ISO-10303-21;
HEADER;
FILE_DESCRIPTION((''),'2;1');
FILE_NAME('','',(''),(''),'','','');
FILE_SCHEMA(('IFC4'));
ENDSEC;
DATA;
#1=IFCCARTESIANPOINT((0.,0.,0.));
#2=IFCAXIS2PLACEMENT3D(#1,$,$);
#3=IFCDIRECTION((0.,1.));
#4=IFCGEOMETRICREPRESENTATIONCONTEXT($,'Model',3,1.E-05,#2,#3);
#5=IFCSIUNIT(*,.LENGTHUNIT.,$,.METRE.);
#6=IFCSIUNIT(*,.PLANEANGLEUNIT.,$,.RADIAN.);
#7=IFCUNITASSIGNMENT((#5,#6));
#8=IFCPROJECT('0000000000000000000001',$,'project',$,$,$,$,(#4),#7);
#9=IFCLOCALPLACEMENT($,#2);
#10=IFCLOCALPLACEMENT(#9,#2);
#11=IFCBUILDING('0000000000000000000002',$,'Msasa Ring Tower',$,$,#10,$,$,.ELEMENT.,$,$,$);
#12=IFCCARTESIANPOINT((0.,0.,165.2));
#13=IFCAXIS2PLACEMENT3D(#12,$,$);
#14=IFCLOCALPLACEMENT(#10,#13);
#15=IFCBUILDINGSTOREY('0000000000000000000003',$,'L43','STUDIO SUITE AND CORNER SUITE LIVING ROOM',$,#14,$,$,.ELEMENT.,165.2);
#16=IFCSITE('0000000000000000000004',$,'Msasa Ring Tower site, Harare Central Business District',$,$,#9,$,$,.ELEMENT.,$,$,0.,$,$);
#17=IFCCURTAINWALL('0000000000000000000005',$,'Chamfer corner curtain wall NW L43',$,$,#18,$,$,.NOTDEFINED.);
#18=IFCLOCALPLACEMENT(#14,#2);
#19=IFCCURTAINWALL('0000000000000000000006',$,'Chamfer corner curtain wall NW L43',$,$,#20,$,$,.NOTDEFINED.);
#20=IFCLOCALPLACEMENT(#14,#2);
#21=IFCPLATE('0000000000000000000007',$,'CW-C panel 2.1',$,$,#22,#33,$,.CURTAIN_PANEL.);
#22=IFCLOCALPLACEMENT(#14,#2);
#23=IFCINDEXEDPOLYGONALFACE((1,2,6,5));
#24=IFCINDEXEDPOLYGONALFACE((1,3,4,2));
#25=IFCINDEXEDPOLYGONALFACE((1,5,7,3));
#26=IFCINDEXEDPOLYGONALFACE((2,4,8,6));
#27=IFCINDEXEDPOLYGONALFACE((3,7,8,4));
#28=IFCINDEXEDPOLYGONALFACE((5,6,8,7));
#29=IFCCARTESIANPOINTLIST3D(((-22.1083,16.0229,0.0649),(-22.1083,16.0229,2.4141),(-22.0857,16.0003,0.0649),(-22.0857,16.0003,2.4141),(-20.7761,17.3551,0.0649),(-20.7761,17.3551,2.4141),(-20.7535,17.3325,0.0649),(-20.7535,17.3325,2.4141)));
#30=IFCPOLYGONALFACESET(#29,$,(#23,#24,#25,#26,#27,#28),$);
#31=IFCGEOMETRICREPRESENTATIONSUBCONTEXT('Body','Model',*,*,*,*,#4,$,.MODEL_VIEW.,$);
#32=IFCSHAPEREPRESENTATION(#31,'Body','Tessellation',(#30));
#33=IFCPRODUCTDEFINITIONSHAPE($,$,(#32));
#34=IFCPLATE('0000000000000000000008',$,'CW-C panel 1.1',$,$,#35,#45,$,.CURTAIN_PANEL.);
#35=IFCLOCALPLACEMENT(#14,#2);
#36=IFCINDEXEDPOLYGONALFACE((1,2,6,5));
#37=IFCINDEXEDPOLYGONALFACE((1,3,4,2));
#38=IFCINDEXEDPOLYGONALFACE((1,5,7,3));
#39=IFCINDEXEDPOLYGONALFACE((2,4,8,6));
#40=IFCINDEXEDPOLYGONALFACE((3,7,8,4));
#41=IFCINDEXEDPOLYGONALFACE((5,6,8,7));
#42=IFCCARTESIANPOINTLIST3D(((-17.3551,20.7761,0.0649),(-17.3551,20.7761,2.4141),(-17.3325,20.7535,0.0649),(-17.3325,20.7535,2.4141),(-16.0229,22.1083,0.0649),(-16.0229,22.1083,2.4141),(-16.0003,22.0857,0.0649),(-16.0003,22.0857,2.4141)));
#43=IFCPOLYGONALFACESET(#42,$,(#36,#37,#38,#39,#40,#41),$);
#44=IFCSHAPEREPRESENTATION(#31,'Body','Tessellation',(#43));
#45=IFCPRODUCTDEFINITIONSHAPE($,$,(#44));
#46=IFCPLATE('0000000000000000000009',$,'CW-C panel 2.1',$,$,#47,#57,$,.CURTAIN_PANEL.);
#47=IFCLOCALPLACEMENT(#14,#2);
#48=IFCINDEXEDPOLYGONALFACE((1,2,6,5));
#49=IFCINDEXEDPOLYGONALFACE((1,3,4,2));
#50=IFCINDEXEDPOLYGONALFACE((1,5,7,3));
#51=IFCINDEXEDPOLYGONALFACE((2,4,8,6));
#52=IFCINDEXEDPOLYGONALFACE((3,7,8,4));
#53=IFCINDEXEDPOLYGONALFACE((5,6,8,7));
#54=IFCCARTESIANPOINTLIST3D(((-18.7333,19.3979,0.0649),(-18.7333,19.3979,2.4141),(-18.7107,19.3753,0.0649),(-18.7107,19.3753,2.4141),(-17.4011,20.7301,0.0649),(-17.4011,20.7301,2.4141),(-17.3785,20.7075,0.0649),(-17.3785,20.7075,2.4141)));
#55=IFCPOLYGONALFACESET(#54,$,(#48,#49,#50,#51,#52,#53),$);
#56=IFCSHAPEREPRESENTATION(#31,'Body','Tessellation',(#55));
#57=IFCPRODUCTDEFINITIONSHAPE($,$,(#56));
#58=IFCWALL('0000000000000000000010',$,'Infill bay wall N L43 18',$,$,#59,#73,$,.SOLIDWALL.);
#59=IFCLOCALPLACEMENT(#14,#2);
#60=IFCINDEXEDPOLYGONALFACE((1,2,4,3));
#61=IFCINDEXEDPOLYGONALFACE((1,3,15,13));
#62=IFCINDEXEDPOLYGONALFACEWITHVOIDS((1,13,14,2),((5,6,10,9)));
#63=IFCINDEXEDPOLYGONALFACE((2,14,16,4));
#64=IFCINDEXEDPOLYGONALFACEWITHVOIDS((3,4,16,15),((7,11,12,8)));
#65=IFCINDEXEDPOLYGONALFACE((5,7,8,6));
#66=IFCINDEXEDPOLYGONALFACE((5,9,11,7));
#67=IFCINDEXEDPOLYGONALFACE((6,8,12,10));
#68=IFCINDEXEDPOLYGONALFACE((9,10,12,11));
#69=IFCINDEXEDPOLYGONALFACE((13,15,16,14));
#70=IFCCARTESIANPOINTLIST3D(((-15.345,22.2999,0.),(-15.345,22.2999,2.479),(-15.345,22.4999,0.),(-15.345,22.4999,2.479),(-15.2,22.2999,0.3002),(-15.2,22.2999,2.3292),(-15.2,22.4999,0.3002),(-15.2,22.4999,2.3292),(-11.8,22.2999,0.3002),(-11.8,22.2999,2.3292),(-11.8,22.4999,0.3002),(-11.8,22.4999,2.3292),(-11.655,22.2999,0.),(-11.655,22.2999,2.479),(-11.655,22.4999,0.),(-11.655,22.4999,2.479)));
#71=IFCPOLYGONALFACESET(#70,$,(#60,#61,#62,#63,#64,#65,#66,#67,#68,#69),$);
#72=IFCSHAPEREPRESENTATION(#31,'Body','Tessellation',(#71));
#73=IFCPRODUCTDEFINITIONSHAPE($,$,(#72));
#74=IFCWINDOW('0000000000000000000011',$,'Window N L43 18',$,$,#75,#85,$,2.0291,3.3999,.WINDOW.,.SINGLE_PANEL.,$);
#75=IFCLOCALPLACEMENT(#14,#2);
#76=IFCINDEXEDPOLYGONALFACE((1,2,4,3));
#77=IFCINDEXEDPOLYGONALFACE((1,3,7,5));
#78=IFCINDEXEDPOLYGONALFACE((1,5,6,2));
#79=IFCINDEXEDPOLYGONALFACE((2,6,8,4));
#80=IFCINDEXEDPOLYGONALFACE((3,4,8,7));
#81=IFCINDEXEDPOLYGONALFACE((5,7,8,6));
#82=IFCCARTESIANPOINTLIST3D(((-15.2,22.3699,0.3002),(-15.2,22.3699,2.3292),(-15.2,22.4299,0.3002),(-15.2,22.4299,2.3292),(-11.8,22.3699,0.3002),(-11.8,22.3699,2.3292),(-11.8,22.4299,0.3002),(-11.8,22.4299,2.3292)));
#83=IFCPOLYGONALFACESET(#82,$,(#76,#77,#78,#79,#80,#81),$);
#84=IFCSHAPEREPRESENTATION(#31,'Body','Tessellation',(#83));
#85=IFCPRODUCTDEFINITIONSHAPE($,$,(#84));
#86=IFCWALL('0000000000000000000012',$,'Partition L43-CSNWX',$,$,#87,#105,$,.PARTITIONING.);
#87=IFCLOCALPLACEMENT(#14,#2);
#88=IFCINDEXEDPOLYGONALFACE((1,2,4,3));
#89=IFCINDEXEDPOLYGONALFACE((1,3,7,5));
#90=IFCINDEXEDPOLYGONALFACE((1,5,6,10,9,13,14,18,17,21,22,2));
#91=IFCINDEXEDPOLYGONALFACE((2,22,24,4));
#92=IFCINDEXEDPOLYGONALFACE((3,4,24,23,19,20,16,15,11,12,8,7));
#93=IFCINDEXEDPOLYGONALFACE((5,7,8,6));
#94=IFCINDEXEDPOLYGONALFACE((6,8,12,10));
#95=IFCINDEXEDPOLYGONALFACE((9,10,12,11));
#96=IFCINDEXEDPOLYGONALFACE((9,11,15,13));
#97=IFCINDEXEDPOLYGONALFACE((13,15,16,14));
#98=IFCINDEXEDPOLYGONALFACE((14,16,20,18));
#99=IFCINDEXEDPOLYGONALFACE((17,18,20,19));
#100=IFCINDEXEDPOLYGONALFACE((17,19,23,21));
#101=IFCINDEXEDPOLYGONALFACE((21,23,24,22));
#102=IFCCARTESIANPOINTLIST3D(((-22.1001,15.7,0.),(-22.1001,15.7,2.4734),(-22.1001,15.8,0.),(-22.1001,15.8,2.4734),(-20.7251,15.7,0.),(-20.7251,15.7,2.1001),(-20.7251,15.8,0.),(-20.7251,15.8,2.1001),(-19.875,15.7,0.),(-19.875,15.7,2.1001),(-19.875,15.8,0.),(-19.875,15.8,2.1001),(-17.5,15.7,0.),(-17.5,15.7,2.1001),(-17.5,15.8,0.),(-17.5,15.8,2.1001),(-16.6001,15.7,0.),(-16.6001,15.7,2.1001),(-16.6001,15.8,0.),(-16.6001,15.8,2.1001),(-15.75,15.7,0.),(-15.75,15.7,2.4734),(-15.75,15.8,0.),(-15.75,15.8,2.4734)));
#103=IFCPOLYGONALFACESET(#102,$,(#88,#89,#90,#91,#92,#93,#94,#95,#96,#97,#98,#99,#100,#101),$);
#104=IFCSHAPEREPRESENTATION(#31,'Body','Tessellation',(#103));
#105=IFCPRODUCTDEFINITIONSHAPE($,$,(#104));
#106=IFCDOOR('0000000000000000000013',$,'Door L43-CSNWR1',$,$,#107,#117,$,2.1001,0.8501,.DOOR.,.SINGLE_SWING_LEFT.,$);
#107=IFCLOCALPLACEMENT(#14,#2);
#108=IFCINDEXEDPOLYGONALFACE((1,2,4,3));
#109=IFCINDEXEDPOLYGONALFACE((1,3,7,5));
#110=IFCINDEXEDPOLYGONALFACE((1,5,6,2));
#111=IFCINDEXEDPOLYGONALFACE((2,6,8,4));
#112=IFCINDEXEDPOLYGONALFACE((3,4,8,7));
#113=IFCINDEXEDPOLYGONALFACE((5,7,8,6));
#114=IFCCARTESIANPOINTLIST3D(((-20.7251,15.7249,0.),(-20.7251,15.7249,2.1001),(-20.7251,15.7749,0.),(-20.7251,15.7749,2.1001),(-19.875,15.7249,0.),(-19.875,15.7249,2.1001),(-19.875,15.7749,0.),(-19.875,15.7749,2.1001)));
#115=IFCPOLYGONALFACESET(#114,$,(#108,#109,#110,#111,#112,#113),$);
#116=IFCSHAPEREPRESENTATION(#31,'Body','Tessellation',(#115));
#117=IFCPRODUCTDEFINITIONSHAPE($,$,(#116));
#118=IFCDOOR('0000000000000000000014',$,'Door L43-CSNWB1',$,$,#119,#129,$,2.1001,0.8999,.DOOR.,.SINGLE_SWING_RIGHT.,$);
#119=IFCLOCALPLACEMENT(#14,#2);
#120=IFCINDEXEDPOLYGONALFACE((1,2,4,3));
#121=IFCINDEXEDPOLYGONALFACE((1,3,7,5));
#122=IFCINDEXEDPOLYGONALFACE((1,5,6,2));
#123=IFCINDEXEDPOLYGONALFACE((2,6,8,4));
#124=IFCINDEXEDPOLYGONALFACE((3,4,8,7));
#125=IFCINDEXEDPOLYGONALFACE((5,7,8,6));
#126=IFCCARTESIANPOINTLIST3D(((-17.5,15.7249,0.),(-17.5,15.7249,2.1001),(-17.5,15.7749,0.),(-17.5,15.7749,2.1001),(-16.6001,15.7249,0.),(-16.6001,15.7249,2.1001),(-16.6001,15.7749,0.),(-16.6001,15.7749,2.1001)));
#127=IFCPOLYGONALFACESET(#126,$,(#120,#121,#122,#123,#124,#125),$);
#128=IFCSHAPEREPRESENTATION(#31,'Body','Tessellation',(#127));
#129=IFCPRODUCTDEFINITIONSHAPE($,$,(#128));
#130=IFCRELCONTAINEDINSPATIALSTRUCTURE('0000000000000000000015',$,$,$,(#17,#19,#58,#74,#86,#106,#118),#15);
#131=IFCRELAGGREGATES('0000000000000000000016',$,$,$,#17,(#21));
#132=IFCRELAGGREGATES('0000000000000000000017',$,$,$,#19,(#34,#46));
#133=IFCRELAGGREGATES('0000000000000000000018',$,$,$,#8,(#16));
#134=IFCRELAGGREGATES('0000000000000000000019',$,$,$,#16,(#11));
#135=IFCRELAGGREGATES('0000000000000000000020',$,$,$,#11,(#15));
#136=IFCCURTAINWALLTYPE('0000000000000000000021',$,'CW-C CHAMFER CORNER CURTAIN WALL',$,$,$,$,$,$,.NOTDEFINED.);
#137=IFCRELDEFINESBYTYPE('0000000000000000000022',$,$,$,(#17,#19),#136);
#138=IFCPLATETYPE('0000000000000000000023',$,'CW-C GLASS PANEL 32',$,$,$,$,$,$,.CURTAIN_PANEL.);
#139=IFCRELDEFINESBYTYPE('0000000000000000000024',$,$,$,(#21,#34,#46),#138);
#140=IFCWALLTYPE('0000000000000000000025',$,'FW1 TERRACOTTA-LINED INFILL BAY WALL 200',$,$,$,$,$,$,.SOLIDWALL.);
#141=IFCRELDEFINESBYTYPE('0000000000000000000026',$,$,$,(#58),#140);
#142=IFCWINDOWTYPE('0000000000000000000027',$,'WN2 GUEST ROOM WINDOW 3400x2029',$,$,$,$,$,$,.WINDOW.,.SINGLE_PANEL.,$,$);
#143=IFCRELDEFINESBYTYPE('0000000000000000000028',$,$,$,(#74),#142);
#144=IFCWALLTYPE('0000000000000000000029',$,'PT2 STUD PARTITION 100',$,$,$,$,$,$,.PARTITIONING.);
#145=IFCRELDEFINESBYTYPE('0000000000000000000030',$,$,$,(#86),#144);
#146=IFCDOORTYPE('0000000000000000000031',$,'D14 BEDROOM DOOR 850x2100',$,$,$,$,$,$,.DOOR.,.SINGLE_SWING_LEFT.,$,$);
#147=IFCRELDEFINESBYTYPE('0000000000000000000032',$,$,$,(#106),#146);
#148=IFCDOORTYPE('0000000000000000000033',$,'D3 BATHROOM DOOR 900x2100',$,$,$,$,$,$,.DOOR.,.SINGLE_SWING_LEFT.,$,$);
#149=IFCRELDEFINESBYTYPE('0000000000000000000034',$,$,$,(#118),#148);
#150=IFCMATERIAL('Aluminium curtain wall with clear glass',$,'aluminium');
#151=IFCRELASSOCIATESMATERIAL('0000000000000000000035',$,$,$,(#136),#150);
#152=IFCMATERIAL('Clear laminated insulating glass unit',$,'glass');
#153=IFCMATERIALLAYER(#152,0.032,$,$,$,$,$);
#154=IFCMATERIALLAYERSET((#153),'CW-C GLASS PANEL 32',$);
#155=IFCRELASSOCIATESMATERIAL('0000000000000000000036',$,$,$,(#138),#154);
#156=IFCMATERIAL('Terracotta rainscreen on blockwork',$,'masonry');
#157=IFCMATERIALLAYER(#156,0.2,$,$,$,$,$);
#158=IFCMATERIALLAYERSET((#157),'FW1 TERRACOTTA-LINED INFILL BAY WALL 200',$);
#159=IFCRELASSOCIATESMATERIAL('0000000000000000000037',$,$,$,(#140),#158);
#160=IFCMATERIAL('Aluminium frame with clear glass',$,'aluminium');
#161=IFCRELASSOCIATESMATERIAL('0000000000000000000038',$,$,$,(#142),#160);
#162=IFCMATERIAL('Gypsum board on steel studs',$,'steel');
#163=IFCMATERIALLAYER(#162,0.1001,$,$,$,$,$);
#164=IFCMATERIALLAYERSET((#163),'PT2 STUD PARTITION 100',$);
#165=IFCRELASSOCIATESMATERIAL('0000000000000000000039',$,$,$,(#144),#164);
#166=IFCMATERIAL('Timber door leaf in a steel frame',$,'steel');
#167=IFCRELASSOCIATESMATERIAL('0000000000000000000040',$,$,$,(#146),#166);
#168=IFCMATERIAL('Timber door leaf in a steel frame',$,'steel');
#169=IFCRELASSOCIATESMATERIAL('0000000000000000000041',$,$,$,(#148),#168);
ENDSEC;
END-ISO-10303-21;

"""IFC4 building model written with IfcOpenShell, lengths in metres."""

from ifc_helpers import new_model, si_unit, direction, frame, frame_2d, origin, origin_2d, place, context, subcontext, project, spatial, rectangle, extrude, material, layer, layer_set, type_object, element, fill, aggregate, save


model = new_model("IFC4")

# Units and contexts
model_context = context("Model", 3, precision=1e-05, world=origin(), true_north=direction((0.0, 1.0)))
body_context = subcontext(model_context, "Body", "Model", "MODEL_VIEW")
ifc_project = project(units=[si_unit("LENGTHUNIT", "METRE"), si_unit("PLANEANGLEUNIT", "RADIAN")], contexts=[model_context])

# Site, building, storey
site_placement = place(None, origin())
site = spatial("IfcSite", under=ifc_project, at=site_placement, Name="Msasa Ring Tower site, Harare Central Business District", CompositionType="ELEMENT", RefElevation=0.0)
building_placement = place(site_placement, origin())
building = spatial("IfcBuilding", under=site, at=building_placement, Name="Msasa Ring Tower", CompositionType="ELEMENT")
storey_placement = place(building_placement, frame((0.0, 0.0, 165.2)))
storey = spatial("IfcBuildingStorey", under=building, at=storey_placement, Name="L43", Description="STUDIO SUITE AND CORNER SUITE LIVING ROOM", CompositionType="ELEMENT", Elevation=165.2)

# Curtain walls
ifc_material_1 = material(Name="Aluminium curtain wall with clear glass", Category="aluminium")
curtain_wall_type = type_object("IfcCurtainWallType", Name="CW-C CHAMFER CORNER CURTAIN WALL", PredefinedType="NOTDEFINED", material=ifc_material_1)
curtain_wall_1_placement = place(storey_placement, origin())
curtain_wall_1 = element("IfcCurtainWall", 1, at=curtain_wall_1_placement, inside=storey, type_object=curtain_wall_type, Name="Chamfer corner curtain wall NW L43", PredefinedType="NOTDEFINED")
curtain_wall_2_placement = place(storey_placement, origin())
curtain_wall_2 = element("IfcCurtainWall", 2, at=curtain_wall_2_placement, inside=storey, type_object=curtain_wall_type, Name="Chamfer corner curtain wall NW L43", PredefinedType="NOTDEFINED")

# Plates
ifc_material_2 = material(Name="Clear laminated insulating glass unit", Category="glass")
ifc_layer_1 = layer(ifc_material_2, 0.032)
ifc_layer_set_1 = layer_set([ifc_layer_1], Name="CW-C GLASS PANEL 32")
plate_type = type_object("IfcPlateType", Name="CW-C GLASS PANEL 32", PredefinedType="CURTAIN_PANEL", material=ifc_layer_set_1)
plate_1_placement = place(storey_placement, frame((-21.4309, 16.6777, 0.0649), z_axis=(0.0, 0.0, 1.0), x_axis=(-0.707107, -0.707107, 0.0)))
plate_1 = element("IfcPlate", 3, at=plate_1_placement, type_object=plate_type, Name="CW-C panel 2.1", PredefinedType="CURTAIN_PANEL", context=body_context, shape_type="SweptSolid", body=[
    extrude(rectangle(XDim=1.884, YDim=0.032, at=origin_2d()), origin(), (0.0, 0.0, 1.0), 2.3491),
])
aggregate(curtain_wall_1, [plate_1])
plate_2_placement = place(storey_placement, frame((-16.6777, 21.4309, 0.0649), z_axis=(0.0, 0.0, 1.0), x_axis=(-0.707107, -0.707107, 0.0)))
plate_2 = element("IfcPlate", 4, at=plate_2_placement, type_object=plate_type, Name="CW-C panel 1.1", PredefinedType="CURTAIN_PANEL", context=body_context, shape_type="SweptSolid", body=[
    extrude(rectangle(XDim=1.884, YDim=0.032, at=origin_2d()), origin(), (0.0, 0.0, 1.0), 2.3491),
])
plate_3_placement = place(storey_placement, frame((-18.0559, 20.0527, 0.0649), z_axis=(0.0, 0.0, 1.0), x_axis=(-0.707107, -0.707107, 0.0)))
plate_3 = element("IfcPlate", 5, at=plate_3_placement, type_object=plate_type, Name="CW-C panel 2.1", PredefinedType="CURTAIN_PANEL", context=body_context, shape_type="SweptSolid", body=[
    extrude(rectangle(XDim=1.884, YDim=0.032, at=origin_2d()), origin(), (0.0, 0.0, 1.0), 2.3491),
])
aggregate(curtain_wall_2, [plate_2, plate_3])

# Wall, opening, window
ifc_material_3 = material(Name="Terracotta rainscreen on blockwork", Category="masonry")
ifc_layer_2 = layer(ifc_material_3, 0.2)
ifc_layer_set_2 = layer_set([ifc_layer_2], Name="FW1 TERRACOTTA-LINED INFILL BAY WALL 200")
wall_type_1 = type_object("IfcWallType", Name="FW1 TERRACOTTA-LINED INFILL BAY WALL 200", PredefinedType="SOLIDWALL", material=ifc_layer_set_2)
wall_1_placement = place(storey_placement, frame((-15.345, 22.3999, 0.0), z_axis=(0.0, 0.0, 1.0), x_axis=(1.0, 0.0, 0.0)))
wall_1 = element("IfcWall", 6, at=wall_1_placement, inside=storey, type_object=wall_type_1, Name="Infill bay wall N L43 18", PredefinedType="SOLIDWALL", context=body_context, shape_type="SweptSolid", body=[
    extrude(rectangle(XDim=3.6899, YDim=0.2, at=frame_2d((1.845, 0.0))), origin(), (0.0, 0.0, 1.0), 2.479),
])
opening_1_placement = place(wall_1_placement, frame((0.145, 0.0, 0.3)))
opening_1 = element("IfcOpeningElement", 7, at=opening_1_placement, cuts=wall_1, PredefinedType="OPENING", context=body_context, shape_type="SweptSolid", body=[
    extrude(rectangle(XDim=3.3999, YDim=2.0291, at=frame_2d((1.7, 1.0146))), frame((0.0, 0.1099, 0.0), z_axis=(0.0, -1.0, 0.0), x_axis=(1.0, 0.0, 0.0)), (0.0, 0.0, 1.0), 0.22),
])
ifc_material_4 = material(Name="Aluminium frame with clear glass", Category="aluminium")
window_type = type_object("IfcWindowType", Name="WN2 GUEST ROOM WINDOW 3400x2029", PartitioningType="SINGLE_PANEL", PredefinedType="WINDOW", material=ifc_material_4)
window_placement = place(opening_1_placement, origin())
window = element("IfcWindow", 8, at=window_placement, inside=storey, type_object=window_type, Name="Window N L43 18", OverallHeight=2.0291, OverallWidth=3.3999, PartitioningType="SINGLE_PANEL", PredefinedType="WINDOW", context=body_context, shape_type="SweptSolid", body=[
    extrude(rectangle(XDim=3.3999, YDim=2.0291, at=frame_2d((1.7, 1.0146))), frame((0.0, 0.03, 0.0), z_axis=(0.0, -1.0, 0.0), x_axis=(1.0, 0.0, 0.0)), (0.0, 0.0, 1.0), 0.0601),
])
fill(opening_1, window)

# Wall, openings, doors
ifc_material_5 = material(Name="Gypsum board on steel studs", Category="steel")
ifc_layer_3 = layer(ifc_material_5, 0.1001)
ifc_layer_set_3 = layer_set([ifc_layer_3], Name="PT2 STUD PARTITION 100")
wall_type_2 = type_object("IfcWallType", Name="PT2 STUD PARTITION 100", PredefinedType="PARTITIONING", material=ifc_layer_set_3)
wall_2_placement = place(storey_placement, frame((-22.1001, 15.75, 0.0), z_axis=(0.0, 0.0, 1.0), x_axis=(1.0, 0.0, 0.0)))
wall_2 = element("IfcWall", 9, at=wall_2_placement, inside=storey, type_object=wall_type_2, Name="Partition L43-CSNWX", PredefinedType="PARTITIONING", context=body_context, shape_type="SweptSolid", body=[
    extrude(rectangle(XDim=6.3501, YDim=0.1001, at=frame_2d((3.175, 0.0))), origin(), (0.0, 0.0, 1.0), 2.4734),
])
opening_2_placement = place(wall_2_placement, frame((1.375, 0.0, 0.0)))
opening_2 = element("IfcOpeningElement", 10, at=opening_2_placement, cuts=wall_2, PredefinedType="OPENING", context=body_context, shape_type="SweptSolid", body=[
    extrude(rectangle(XDim=0.8501, YDim=2.1001, at=frame_2d((0.425, 1.05))), frame((0.0, 0.0601, 0.0), z_axis=(0.0, -1.0, 0.0), x_axis=(1.0, 0.0, 0.0)), (0.0, 0.0, 1.0), 0.1201),
])
opening_3_placement = place(wall_2_placement, frame((4.6001, 0.0, 0.0)))
opening_3 = element("IfcOpeningElement", 11, at=opening_3_placement, cuts=wall_2, PredefinedType="OPENING", context=body_context, shape_type="SweptSolid", body=[
    extrude(rectangle(XDim=0.8999, YDim=2.1001, at=frame_2d((0.45, 1.05))), frame((0.0, 0.0601, 0.0), z_axis=(0.0, -1.0, 0.0), x_axis=(1.0, 0.0, 0.0)), (0.0, 0.0, 1.0), 0.1201),
])
ifc_material_6 = material(Name="Timber door leaf in a steel frame", Category="steel")
door_type_1 = type_object("IfcDoorType", Name="D14 BEDROOM DOOR 850x2100", OperationType="SINGLE_SWING_LEFT", PredefinedType="DOOR", material=ifc_material_6)
door_1_placement = place(opening_2_placement, origin())
door_1 = element("IfcDoor", 12, at=door_1_placement, inside=storey, type_object=door_type_1, Name="Door L43-CSNWR1", OperationType="SINGLE_SWING_LEFT", OverallHeight=2.1001, OverallWidth=0.8501, PredefinedType="DOOR", context=body_context, shape_type="SweptSolid", body=[
    extrude(rectangle(XDim=0.8501, YDim=2.1001, at=frame_2d((0.425, 1.05))), frame((0.0, 0.0249, 0.0), z_axis=(0.0, -1.0, 0.0), x_axis=(1.0, 0.0, 0.0)), (0.0, 0.0, 1.0), 0.05),
])
fill(opening_2, door_1)
ifc_material_7 = material(Name="Timber door leaf in a steel frame", Category="steel")
door_type_2 = type_object("IfcDoorType", Name="D3 BATHROOM DOOR 900x2100", OperationType="SINGLE_SWING_LEFT", PredefinedType="DOOR", material=ifc_material_7)
door_2_placement = place(opening_3_placement, origin())
door_2 = element("IfcDoor", 13, at=door_2_placement, inside=storey, type_object=door_type_2, Name="Door L43-CSNWB1", OperationType="SINGLE_SWING_RIGHT", OverallHeight=2.1001, OverallWidth=0.8999, PredefinedType="DOOR", context=body_context, shape_type="SweptSolid", body=[
    extrude(rectangle(XDim=0.8999, YDim=2.1001, at=frame_2d((0.45, 1.05))), frame((0.0, 0.0249, 0.0), z_axis=(0.0, -1.0, 0.0), x_axis=(1.0, 0.0, 0.0)), (0.0, 0.0, 1.0), 0.05),
])
fill(opening_3, door_2)

save(model, "model.ifc")
